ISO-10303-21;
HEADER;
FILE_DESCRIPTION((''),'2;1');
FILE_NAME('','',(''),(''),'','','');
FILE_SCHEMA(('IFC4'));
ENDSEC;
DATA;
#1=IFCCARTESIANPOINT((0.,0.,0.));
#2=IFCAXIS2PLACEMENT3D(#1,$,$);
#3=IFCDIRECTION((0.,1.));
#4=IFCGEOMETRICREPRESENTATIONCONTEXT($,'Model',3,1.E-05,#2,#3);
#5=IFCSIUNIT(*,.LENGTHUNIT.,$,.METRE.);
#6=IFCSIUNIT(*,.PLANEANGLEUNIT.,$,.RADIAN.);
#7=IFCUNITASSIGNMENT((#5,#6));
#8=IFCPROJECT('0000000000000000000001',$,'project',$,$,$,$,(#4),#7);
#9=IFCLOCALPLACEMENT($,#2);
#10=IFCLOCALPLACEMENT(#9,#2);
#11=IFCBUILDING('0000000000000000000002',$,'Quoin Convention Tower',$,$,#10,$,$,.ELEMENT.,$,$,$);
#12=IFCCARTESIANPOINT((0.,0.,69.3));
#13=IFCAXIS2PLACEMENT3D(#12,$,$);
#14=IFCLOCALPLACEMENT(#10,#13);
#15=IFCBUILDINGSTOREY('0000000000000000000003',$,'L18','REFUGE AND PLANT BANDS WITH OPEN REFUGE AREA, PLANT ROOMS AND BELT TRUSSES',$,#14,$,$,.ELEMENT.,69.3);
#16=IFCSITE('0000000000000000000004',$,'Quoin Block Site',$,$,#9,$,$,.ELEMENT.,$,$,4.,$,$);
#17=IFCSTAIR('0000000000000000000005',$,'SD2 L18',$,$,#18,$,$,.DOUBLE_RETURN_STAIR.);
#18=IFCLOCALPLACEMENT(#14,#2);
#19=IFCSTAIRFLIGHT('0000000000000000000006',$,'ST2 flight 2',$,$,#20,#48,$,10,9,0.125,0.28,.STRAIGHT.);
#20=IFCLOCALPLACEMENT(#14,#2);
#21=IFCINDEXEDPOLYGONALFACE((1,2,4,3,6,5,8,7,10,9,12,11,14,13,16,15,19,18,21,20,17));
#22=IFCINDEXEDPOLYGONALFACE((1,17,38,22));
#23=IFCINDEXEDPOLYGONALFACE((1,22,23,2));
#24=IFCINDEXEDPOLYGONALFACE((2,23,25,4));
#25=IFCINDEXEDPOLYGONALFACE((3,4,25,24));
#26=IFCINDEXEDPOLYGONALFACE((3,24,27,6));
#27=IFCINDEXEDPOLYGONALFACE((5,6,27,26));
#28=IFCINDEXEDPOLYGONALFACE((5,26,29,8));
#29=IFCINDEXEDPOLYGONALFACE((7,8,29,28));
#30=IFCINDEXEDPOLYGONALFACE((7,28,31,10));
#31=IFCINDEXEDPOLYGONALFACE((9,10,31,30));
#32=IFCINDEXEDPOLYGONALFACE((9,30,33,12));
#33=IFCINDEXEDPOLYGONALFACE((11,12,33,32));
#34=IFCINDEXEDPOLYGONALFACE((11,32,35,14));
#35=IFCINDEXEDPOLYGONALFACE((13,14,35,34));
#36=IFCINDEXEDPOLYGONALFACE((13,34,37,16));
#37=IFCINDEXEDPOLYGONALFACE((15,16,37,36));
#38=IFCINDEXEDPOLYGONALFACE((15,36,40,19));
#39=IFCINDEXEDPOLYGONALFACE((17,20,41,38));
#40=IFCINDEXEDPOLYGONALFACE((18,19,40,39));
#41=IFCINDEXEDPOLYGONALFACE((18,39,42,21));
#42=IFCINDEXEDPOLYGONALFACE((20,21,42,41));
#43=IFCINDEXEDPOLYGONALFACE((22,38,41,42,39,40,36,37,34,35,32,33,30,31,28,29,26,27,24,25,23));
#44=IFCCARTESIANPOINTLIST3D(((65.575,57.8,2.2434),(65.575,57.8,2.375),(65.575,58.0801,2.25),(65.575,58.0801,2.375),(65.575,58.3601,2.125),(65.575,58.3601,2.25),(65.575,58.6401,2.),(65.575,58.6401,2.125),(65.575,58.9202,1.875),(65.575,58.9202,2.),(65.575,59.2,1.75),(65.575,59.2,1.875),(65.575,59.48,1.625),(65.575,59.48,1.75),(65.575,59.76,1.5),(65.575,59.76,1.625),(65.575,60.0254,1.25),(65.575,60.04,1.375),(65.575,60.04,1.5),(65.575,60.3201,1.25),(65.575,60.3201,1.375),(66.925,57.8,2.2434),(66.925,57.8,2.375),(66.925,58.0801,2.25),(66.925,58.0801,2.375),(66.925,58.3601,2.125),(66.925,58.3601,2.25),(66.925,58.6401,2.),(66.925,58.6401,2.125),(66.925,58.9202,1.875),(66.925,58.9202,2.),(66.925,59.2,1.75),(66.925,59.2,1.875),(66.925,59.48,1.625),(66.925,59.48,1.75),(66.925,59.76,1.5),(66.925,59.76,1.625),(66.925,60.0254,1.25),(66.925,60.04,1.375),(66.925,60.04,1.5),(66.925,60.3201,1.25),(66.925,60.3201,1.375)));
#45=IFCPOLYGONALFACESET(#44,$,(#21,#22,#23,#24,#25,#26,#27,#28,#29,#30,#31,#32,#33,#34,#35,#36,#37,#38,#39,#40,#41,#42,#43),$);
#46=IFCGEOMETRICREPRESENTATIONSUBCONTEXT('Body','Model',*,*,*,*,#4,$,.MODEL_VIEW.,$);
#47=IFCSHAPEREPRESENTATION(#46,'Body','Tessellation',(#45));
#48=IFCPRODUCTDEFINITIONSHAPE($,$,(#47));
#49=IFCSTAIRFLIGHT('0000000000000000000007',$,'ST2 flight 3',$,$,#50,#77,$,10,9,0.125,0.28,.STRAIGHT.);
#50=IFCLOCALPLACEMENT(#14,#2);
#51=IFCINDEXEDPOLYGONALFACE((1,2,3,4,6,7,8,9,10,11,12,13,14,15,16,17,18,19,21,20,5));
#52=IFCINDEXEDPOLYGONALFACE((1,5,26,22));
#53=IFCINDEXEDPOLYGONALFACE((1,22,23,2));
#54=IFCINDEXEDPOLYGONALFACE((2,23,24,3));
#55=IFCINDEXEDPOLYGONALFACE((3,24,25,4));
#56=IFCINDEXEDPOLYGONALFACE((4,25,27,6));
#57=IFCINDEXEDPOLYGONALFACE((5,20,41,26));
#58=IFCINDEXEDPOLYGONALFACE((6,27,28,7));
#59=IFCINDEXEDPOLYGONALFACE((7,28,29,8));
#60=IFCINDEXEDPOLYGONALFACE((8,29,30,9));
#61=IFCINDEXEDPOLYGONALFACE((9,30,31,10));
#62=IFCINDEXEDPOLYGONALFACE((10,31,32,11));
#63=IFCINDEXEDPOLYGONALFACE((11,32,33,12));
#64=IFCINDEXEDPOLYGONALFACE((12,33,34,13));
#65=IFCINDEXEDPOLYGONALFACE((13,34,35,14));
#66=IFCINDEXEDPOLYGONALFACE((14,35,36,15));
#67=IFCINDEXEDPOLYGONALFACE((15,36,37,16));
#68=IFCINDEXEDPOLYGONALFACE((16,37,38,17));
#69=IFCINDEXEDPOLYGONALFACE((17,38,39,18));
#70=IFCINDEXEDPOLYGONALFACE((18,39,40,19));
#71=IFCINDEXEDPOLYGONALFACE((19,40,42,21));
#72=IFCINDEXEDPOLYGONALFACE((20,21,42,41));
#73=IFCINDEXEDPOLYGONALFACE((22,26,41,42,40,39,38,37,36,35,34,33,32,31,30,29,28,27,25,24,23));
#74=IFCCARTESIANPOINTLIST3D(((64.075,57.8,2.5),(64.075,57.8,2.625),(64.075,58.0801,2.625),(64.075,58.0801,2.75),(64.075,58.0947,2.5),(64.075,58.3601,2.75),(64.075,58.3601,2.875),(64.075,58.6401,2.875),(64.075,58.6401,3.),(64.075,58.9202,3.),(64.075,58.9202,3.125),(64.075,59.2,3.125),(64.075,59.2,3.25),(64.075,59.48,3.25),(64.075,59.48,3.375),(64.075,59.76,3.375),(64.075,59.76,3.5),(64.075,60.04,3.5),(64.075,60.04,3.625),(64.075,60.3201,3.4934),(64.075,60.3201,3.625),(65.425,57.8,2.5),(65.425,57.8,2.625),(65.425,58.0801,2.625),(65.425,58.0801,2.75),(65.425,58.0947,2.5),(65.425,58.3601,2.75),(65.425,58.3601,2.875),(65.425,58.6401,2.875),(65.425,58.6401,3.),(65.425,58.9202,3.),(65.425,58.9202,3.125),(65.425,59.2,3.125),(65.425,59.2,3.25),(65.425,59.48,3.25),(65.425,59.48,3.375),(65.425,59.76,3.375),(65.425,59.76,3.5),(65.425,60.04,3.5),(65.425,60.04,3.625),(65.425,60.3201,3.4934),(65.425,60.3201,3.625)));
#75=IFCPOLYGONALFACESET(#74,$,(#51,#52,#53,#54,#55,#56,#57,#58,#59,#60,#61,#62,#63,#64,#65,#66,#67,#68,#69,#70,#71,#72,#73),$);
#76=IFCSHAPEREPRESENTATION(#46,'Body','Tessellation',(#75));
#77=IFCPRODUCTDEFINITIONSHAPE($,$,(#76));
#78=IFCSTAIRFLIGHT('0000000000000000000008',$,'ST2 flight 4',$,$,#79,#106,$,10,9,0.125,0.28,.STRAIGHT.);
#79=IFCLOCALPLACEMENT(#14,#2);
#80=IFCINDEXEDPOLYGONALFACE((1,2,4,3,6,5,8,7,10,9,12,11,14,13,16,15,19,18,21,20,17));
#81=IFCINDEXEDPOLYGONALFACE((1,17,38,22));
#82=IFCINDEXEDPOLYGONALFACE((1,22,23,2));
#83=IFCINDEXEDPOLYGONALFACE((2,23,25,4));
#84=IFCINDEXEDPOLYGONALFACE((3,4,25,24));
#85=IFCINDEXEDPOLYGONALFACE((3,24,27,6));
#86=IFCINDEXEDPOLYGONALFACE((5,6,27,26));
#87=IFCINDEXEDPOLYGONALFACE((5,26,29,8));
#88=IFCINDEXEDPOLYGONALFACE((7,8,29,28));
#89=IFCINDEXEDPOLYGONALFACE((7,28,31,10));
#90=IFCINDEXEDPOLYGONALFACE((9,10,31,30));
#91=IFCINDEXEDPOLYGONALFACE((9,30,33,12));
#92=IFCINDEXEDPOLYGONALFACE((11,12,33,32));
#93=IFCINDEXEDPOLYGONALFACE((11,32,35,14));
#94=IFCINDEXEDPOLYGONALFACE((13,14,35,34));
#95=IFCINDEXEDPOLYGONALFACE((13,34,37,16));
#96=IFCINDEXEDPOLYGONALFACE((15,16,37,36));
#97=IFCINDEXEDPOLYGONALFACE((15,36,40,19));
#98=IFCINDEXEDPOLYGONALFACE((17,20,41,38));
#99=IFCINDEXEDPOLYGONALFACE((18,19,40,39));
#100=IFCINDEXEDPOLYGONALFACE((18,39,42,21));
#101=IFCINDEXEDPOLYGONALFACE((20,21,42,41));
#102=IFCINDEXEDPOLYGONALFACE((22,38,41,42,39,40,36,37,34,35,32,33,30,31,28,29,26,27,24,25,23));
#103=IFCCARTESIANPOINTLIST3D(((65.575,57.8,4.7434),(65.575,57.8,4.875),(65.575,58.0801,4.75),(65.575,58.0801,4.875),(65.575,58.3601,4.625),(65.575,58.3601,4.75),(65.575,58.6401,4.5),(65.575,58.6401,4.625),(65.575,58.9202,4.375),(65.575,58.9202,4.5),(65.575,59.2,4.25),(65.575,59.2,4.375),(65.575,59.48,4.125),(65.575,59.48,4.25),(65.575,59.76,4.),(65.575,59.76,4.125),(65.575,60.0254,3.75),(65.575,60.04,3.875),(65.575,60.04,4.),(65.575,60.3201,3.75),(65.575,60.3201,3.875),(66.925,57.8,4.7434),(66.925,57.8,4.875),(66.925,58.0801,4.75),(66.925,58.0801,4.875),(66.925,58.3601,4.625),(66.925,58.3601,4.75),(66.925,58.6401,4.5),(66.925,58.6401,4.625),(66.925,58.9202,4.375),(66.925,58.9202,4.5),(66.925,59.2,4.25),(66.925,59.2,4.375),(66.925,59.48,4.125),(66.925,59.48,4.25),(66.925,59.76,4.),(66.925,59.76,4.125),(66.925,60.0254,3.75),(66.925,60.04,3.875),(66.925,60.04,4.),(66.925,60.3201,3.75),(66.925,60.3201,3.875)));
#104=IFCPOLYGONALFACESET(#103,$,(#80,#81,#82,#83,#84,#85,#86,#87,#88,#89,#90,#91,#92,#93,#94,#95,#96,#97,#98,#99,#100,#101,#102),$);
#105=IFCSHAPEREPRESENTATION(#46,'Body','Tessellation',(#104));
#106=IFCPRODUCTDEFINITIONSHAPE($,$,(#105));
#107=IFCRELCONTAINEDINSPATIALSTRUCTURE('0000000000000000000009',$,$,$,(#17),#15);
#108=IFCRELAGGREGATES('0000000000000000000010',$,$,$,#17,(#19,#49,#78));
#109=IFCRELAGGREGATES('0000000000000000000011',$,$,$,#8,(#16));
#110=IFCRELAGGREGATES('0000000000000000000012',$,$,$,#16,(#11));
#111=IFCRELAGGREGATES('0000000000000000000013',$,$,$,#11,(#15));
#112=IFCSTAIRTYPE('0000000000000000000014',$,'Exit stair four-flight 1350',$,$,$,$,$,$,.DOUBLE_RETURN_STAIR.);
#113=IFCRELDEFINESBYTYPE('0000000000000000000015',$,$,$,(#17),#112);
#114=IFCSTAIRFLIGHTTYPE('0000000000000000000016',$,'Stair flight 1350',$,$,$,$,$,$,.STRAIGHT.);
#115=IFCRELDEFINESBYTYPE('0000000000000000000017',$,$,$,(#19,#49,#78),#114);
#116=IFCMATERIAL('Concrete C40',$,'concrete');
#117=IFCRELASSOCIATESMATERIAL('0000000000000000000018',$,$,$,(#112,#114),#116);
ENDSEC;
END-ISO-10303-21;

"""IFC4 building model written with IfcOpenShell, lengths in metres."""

from ifc_helpers import new_model, si_unit, direction, frame, origin, place, context, subcontext, project, spatial, polyline, outline, extrude, material, type_object, element, aggregate, save


model = new_model("IFC4")

# Units and contexts
model_context = context("Model", 3, precision=1e-05, world=origin(), true_north=direction((0.0, 1.0)))
body_context = subcontext(model_context, "Body", "Model", "MODEL_VIEW")
ifc_project = project(units=[si_unit("LENGTHUNIT", "METRE"), si_unit("PLANEANGLEUNIT", "RADIAN")], contexts=[model_context])

# Site, building, storey
site_placement = place(None, origin())
site = spatial("IfcSite", under=ifc_project, at=site_placement, Name="Quoin Block Site", CompositionType="ELEMENT", RefElevation=4.0)
building_placement = place(site_placement, origin())
building = spatial("IfcBuilding", under=site, at=building_placement, Name="Quoin Convention Tower", CompositionType="ELEMENT")
storey_placement = place(building_placement, frame((0.0, 0.0, 69.3)))
storey = spatial("IfcBuildingStorey", under=building, at=storey_placement, Name="L18", Description="REFUGE AND PLANT BANDS WITH OPEN REFUGE AREA, PLANT ROOMS AND BELT TRUSSES", CompositionType="ELEMENT", Elevation=69.3)

# Stair, stair flights
ifc_material_1 = material(Name="Concrete C40", Category="concrete")
stair_type = type_object("IfcStairType", Name="Exit stair four-flight 1350", PredefinedType="DOUBLE_RETURN_STAIR", material=ifc_material_1)
stair_placement = place(storey_placement, origin())
stair = element("IfcStair", 1, at=stair_placement, inside=storey, type_object=stair_type, Name="SD2 L18", PredefinedType="DOUBLE_RETURN_STAIR")
stair_flight_type = type_object("IfcStairFlightType", Name="Stair flight 1350", PredefinedType="STRAIGHT", material=ifc_material_1)
stair_flight_1_placement = place(storey_placement, frame((66.25, 60.3201, 1.25), z_axis=(0.0, 0.0, 1.0), x_axis=(0.0, -1.0, 0.0)))
stair_flight_1 = element("IfcStairFlight", 2, at=stair_flight_1_placement, type_object=stair_flight_type, Name="ST2 flight 2", NumberOfRisers=10, NumberOfTreads=9, PredefinedType="STRAIGHT", RiserHeight=0.125, TreadLength=0.28, context=body_context, shape_type="SweptSolid", body=[
    extrude(outline(polyline([(0.0, 0.0), (0.0, 0.125), (0.28, 0.125), (0.28, 0.25), (0.5601, 0.25), (0.5601, 0.375), (0.8401, 0.375), (0.8401, 0.5), (1.1201, 0.5), (1.1201, 0.625), (1.3999, 0.625), (1.3999, 0.75), (1.6799, 0.75), (1.6799, 0.875), (1.96, 0.875), (1.96, 1.0), (2.24, 1.0), (2.24, 1.125), (2.52, 1.125), (2.52, 1.25), (2.52, 0.9934), (0.2947, 0.0), (0.0, 0.0)])), frame((0.0, 0.675, 0.0), z_axis=(0.0, -1.0, 0.0), x_axis=(1.0, 0.0, 0.0)), (0.0, 0.0, 1.0), 1.3501),
])
stair_flight_2_placement = place(storey_placement, frame((64.75, 57.8, 2.5), z_axis=(0.0, 0.0, 1.0), x_axis=(0.0, 1.0, 0.0)))
stair_flight_2 = element("IfcStairFlight", 3, at=stair_flight_2_placement, type_object=stair_flight_type, Name="ST2 flight 3", NumberOfRisers=10, NumberOfTreads=9, PredefinedType="STRAIGHT", RiserHeight=0.125, TreadLength=0.28, context=body_context, shape_type="SweptSolid", body=[
    extrude(outline(polyline([(0.0, 0.0), (0.0, 0.125), (0.28, 0.125), (0.28, 0.25), (0.5601, 0.25), (0.5601, 0.375), (0.8401, 0.375), (0.8401, 0.5), (1.1201, 0.5), (1.1201, 0.625), (1.3999, 0.625), (1.3999, 0.75), (1.6799, 0.75), (1.6799, 0.875), (1.96, 0.875), (1.96, 1.0), (2.24, 1.0), (2.24, 1.125), (2.52, 1.125), (2.52, 1.25), (2.52, 0.9934), (0.2947, 0.0), (0.0, 0.0)])), frame((0.0, 0.675, 0.0), z_axis=(0.0, -1.0, 0.0), x_axis=(1.0, 0.0, 0.0)), (0.0, 0.0, 1.0), 1.3501),
])
stair_flight_3_placement = place(storey_placement, frame((66.25, 60.3201, 3.75), z_axis=(0.0, 0.0, 1.0), x_axis=(0.0, -1.0, 0.0)))
stair_flight_3 = element("IfcStairFlight", 4, at=stair_flight_3_placement, type_object=stair_flight_type, Name="ST2 flight 4", NumberOfRisers=10, NumberOfTreads=9, PredefinedType="STRAIGHT", RiserHeight=0.125, TreadLength=0.28, context=body_context, shape_type="SweptSolid", body=[
    extrude(outline(polyline([(0.0, 0.0), (0.0, 0.125), (0.28, 0.125), (0.28, 0.25), (0.5601, 0.25), (0.5601, 0.375), (0.8401, 0.375), (0.8401, 0.5), (1.1201, 0.5), (1.1201, 0.625), (1.3999, 0.625), (1.3999, 0.75), (1.6799, 0.75), (1.6799, 0.875), (1.96, 0.875), (1.96, 1.0), (2.24, 1.0), (2.24, 1.125), (2.52, 1.125), (2.52, 1.25), (2.52, 0.9934), (0.2947, 0.0), (0.0, 0.0)])), frame((0.0, 0.675, 0.0), z_axis=(0.0, -1.0, 0.0), x_axis=(1.0, 0.0, 0.0)), (0.0, 0.0, 1.0), 1.3501),
])
aggregate(stair, [stair_flight_1, stair_flight_2, stair_flight_3])

save(model, "model.ifc")
